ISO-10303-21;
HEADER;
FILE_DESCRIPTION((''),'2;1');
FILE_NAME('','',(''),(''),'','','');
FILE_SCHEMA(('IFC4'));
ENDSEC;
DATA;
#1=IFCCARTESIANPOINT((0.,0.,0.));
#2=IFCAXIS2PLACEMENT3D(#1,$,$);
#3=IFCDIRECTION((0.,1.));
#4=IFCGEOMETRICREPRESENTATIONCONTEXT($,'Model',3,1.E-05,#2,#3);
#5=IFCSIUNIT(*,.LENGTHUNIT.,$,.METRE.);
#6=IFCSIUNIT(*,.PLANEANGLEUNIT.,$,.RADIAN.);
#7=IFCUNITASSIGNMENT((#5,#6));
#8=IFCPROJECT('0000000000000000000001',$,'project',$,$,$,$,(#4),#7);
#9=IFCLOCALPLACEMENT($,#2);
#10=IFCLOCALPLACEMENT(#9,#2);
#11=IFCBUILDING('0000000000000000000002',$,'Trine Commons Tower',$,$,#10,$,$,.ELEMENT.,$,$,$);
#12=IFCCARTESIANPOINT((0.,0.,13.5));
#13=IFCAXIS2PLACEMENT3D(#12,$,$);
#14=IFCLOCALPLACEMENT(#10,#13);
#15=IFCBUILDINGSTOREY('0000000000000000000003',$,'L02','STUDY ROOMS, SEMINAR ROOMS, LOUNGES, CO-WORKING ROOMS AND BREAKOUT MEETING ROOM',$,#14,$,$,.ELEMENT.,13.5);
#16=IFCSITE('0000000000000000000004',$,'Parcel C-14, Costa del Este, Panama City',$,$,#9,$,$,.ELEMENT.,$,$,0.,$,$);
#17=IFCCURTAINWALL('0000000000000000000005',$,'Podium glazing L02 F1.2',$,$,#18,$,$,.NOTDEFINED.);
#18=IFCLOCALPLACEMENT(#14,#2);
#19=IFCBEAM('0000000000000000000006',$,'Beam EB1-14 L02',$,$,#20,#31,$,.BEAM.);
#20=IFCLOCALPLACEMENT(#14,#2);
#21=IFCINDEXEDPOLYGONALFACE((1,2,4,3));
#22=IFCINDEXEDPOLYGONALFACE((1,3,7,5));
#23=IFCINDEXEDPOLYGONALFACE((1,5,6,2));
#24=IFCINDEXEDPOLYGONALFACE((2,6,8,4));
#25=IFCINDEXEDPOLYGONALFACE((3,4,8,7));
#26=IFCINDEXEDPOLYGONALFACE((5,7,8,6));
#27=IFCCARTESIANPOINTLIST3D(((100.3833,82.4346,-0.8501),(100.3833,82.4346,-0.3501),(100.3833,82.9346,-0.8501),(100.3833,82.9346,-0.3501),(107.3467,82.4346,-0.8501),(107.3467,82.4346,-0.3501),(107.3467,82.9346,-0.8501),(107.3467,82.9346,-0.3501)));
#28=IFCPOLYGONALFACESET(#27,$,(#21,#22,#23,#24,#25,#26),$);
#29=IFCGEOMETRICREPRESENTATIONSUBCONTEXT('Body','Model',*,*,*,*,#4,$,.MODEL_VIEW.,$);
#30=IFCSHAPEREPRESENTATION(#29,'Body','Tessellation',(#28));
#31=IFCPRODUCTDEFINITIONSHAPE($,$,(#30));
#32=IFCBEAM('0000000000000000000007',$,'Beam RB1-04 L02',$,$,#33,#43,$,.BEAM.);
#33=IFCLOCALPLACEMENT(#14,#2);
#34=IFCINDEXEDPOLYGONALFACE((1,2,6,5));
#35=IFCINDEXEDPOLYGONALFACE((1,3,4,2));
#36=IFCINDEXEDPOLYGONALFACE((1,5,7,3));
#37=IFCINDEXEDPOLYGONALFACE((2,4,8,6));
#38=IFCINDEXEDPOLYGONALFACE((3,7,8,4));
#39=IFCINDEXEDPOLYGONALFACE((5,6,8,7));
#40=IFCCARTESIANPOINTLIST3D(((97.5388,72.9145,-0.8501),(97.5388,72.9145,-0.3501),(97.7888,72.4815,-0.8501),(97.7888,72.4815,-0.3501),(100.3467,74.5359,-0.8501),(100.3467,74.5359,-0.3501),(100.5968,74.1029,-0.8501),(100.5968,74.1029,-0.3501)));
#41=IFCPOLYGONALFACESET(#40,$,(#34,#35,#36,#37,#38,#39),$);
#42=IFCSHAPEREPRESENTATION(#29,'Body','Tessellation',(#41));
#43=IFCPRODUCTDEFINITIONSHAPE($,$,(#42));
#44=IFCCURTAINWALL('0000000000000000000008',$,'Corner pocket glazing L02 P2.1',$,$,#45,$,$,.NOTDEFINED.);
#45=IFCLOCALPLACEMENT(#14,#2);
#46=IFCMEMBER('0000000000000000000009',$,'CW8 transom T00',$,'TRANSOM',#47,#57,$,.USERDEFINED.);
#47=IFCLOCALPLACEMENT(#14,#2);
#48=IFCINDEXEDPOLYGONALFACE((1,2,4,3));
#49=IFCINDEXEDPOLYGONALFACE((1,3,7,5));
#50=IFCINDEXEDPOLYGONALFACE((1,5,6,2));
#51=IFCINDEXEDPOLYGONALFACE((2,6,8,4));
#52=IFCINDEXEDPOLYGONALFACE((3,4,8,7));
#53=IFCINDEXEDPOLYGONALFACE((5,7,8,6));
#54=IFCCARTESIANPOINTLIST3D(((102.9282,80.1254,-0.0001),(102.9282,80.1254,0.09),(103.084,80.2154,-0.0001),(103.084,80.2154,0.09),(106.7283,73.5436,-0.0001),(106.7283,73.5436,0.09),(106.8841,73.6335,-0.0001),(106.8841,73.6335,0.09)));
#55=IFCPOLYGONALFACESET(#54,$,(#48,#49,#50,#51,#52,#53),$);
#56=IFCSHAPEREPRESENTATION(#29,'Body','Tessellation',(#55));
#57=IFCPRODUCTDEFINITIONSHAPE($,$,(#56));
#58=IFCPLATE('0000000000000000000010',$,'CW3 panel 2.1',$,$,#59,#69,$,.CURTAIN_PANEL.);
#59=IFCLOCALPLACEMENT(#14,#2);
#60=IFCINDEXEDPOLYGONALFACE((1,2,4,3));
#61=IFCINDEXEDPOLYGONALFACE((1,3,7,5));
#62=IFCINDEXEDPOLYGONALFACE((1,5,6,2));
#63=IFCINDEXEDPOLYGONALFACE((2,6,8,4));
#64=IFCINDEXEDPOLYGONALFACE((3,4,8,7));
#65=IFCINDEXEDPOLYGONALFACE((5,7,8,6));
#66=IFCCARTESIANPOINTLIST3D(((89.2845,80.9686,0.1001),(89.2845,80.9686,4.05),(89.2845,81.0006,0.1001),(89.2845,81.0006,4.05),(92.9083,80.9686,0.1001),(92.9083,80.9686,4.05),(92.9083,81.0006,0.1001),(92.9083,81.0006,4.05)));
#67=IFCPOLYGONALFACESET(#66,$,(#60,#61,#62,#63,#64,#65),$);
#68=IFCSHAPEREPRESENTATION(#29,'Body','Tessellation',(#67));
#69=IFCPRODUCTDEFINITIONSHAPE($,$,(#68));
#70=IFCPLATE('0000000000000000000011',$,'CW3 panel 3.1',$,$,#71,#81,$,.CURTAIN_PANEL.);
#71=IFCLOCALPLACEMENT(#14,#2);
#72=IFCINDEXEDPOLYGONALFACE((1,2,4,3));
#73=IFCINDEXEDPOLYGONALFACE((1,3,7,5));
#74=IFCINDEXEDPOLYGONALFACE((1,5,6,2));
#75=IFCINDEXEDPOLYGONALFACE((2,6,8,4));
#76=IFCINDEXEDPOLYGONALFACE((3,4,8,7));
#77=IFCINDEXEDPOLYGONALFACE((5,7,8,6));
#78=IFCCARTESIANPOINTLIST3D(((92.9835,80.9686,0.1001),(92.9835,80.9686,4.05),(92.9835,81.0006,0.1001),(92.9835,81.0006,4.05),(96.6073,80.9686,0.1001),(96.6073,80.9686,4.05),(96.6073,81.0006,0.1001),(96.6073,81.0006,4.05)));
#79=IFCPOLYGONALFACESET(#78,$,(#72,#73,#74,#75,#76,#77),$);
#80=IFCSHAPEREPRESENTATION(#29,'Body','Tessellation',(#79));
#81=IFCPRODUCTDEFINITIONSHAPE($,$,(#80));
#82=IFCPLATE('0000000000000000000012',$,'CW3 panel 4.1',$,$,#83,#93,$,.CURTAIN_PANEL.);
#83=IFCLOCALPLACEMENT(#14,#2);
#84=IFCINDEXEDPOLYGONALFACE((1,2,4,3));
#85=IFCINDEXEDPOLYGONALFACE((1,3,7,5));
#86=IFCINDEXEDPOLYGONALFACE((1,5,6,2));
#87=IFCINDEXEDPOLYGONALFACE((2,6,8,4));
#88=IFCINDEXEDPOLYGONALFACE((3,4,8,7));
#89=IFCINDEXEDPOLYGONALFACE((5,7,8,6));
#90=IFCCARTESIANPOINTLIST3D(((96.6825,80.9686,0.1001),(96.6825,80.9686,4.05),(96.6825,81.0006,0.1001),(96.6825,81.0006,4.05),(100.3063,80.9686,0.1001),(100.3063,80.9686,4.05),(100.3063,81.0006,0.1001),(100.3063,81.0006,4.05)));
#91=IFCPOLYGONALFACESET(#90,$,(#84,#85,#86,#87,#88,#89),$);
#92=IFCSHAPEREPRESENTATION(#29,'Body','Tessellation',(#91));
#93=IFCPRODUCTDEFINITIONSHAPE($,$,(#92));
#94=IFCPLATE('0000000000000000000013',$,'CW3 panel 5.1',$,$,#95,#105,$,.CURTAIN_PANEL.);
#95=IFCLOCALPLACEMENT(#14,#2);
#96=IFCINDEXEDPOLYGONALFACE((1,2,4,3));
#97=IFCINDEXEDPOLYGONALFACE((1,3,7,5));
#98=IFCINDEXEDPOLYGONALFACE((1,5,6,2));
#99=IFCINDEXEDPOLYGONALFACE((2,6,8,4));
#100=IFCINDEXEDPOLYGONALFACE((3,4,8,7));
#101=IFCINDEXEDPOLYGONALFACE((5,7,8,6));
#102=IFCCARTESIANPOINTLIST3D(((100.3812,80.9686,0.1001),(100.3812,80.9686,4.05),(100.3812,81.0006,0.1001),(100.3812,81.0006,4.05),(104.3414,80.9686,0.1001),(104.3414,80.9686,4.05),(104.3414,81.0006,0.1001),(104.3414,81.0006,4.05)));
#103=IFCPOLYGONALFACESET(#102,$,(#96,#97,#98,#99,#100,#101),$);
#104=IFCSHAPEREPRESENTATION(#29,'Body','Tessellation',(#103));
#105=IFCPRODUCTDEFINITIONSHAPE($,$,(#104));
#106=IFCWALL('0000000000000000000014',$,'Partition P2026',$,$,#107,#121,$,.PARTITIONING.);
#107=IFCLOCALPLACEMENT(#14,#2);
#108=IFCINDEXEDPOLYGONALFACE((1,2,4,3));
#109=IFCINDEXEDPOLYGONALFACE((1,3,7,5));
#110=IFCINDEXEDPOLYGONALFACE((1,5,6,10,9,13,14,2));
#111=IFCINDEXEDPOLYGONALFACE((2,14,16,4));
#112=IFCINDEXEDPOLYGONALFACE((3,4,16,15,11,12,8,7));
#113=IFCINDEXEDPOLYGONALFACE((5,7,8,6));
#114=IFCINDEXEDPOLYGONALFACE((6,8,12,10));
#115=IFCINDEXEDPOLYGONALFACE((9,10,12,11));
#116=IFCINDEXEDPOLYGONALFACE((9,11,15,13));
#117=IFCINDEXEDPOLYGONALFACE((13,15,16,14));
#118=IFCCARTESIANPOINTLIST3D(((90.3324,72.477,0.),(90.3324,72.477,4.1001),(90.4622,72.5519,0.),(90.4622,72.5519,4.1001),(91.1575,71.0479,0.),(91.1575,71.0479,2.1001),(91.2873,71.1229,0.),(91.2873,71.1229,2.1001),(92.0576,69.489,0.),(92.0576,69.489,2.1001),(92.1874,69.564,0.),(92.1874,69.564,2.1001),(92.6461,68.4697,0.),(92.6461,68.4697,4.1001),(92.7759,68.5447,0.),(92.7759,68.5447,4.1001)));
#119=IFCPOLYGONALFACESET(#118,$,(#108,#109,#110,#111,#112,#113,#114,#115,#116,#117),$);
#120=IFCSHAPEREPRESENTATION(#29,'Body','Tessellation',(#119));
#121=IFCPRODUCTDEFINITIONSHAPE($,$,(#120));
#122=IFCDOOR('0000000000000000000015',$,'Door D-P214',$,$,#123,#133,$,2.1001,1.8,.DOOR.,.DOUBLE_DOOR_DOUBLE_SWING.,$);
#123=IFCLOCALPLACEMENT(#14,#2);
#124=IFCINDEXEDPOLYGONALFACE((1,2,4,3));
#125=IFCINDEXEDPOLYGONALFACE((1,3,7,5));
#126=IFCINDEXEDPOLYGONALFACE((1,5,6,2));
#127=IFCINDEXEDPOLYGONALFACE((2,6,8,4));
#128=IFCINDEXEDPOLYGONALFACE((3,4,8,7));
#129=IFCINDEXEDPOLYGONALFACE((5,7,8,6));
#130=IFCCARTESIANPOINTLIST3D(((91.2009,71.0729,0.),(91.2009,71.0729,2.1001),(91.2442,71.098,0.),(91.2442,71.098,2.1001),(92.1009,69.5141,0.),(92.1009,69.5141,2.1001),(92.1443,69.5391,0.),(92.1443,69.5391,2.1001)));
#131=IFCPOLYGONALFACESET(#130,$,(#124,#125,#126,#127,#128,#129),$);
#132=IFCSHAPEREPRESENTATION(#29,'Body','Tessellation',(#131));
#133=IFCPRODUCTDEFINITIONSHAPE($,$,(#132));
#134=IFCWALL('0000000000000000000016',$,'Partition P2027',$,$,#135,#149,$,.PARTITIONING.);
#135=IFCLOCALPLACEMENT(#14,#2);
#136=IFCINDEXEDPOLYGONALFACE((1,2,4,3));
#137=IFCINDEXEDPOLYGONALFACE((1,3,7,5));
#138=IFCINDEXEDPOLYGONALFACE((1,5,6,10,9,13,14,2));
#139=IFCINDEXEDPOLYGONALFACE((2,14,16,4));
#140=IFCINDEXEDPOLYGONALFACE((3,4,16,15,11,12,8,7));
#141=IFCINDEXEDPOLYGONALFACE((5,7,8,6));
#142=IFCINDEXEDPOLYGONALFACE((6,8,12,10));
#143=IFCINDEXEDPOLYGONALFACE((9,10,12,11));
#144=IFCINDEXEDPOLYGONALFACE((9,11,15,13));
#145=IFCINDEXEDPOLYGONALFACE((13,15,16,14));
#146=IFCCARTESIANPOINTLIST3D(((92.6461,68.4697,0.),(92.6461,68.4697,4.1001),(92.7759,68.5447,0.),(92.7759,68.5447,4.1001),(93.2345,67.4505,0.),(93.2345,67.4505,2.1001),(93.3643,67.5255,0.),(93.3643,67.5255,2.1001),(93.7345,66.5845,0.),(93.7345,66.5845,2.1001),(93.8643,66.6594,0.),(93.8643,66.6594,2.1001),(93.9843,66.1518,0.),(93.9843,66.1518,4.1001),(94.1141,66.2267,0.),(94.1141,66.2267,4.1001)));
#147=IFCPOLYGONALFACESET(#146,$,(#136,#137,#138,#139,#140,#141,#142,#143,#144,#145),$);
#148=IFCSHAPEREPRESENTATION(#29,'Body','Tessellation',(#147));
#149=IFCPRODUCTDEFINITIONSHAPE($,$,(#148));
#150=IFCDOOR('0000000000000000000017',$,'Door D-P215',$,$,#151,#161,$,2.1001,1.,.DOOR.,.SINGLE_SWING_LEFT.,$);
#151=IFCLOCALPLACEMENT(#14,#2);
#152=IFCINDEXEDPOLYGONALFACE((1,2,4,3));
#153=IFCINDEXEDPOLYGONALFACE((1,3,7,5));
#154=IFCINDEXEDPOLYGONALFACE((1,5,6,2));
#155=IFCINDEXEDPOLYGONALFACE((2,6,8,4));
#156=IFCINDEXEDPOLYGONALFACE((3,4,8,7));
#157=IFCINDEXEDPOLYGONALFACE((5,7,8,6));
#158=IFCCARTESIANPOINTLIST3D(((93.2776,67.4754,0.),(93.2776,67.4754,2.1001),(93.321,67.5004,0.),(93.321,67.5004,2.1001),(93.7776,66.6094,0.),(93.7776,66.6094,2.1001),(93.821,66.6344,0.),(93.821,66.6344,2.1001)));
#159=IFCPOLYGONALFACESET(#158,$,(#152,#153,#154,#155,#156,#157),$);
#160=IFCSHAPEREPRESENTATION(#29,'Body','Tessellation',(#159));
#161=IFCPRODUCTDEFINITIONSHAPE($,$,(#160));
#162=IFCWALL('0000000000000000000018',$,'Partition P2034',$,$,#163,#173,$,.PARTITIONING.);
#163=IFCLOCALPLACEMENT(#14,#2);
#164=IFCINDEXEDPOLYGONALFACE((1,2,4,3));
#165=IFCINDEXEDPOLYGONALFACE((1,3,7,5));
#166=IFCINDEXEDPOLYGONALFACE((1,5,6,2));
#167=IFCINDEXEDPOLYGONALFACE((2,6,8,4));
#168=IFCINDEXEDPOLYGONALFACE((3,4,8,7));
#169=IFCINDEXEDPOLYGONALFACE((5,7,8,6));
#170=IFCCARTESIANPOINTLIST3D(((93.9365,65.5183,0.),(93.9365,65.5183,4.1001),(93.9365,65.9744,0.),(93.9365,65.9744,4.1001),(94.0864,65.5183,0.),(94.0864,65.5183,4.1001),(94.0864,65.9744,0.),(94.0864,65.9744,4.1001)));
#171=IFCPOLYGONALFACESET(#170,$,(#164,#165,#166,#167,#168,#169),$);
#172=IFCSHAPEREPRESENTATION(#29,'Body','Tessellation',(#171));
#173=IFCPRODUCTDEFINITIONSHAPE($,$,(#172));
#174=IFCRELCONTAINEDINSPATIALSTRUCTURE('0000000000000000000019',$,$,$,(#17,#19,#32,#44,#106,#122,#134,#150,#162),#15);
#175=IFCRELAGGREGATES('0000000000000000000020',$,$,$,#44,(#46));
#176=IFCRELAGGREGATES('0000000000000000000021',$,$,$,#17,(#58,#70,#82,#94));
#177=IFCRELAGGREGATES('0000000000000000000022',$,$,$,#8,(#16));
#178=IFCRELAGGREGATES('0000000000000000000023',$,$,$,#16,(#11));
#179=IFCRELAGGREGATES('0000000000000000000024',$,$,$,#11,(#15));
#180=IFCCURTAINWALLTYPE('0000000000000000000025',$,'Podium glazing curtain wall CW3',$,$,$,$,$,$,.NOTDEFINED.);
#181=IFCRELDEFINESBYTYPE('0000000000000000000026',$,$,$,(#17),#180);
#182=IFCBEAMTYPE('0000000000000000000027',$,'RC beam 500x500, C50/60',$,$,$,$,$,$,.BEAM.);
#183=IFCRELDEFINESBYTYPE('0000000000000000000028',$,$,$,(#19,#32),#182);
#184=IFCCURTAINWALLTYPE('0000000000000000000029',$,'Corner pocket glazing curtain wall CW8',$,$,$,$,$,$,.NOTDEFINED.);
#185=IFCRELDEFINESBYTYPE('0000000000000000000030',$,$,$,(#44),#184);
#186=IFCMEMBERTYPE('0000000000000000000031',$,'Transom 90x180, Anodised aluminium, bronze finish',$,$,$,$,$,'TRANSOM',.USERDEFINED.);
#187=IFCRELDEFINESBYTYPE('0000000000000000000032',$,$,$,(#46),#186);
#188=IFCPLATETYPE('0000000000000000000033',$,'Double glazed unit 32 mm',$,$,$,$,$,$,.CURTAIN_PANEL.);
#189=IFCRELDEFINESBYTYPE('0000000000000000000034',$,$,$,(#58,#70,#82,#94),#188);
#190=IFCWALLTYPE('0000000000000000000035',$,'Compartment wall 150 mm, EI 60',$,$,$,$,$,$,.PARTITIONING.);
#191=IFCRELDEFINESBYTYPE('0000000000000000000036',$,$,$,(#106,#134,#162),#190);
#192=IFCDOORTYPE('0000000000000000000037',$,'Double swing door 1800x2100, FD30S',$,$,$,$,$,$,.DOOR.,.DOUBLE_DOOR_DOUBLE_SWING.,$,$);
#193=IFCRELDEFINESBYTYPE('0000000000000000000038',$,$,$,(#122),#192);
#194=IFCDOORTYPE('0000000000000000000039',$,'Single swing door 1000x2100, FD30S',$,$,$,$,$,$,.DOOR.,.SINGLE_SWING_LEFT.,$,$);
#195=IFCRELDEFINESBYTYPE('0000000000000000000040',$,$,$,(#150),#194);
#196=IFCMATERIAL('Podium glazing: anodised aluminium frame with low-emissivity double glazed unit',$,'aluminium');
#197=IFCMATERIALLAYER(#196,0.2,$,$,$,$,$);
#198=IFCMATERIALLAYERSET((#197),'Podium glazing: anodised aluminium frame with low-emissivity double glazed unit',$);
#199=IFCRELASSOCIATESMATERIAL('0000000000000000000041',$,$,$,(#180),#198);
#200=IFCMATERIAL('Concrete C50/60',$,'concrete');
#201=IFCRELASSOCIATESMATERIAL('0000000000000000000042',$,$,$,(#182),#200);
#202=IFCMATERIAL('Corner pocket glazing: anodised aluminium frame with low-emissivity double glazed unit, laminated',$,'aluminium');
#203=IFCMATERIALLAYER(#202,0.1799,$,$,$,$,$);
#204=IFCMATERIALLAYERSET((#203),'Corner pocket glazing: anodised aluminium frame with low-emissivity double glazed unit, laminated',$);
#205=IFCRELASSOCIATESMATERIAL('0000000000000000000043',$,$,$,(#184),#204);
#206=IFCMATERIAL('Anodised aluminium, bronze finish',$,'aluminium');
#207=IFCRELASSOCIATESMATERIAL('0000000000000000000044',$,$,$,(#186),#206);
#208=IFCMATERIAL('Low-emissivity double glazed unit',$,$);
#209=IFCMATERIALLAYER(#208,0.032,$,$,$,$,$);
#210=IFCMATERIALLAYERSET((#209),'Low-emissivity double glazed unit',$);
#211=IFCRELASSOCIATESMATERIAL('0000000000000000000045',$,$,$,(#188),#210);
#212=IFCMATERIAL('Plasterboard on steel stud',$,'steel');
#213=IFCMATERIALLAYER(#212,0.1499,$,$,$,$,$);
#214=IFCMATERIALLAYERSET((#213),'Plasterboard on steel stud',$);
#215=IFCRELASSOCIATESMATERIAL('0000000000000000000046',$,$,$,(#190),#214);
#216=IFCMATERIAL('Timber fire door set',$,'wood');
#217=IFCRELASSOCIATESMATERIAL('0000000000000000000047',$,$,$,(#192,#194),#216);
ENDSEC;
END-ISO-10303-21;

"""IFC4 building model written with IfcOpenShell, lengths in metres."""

from ifc_helpers import new_model, si_unit, direction, frame, frame_2d, origin, origin_2d, place, context, subcontext, project, spatial, rectangle, extrude, material, layer, layer_set, material_profile, profile_set, type_object, element, fill, aggregate, save


model = new_model("IFC4")

# Units and contexts
model_context = context("Model", 3, precision=1e-05, world=origin(), true_north=direction((0.0, 1.0)))
body_context = subcontext(model_context, "Body", "Model", "MODEL_VIEW")
ifc_project = project(units=[si_unit("LENGTHUNIT", "METRE"), si_unit("PLANEANGLEUNIT", "RADIAN")], contexts=[model_context])

# Site, building, storey
site_placement = place(None, origin())
site = spatial("IfcSite", under=ifc_project, at=site_placement, Name="Parcel C-14, Costa del Este, Panama City", CompositionType="ELEMENT", RefElevation=0.0)
building_placement = place(site_placement, origin())
building = spatial("IfcBuilding", under=site, at=building_placement, Name="Trine Commons Tower", CompositionType="ELEMENT")
storey_placement = place(building_placement, frame((0.0, 0.0, 13.5)))
storey = spatial("IfcBuildingStorey", under=building, at=storey_placement, Name="L02", Description="STUDY ROOMS, SEMINAR ROOMS, LOUNGES, CO-WORKING ROOMS AND BREAKOUT MEETING ROOM", CompositionType="ELEMENT", Elevation=13.5)

# Curtain wall
ifc_material_1 = material(Name="Podium glazing: anodised aluminium frame with low-emissivity double glazed unit", Category="aluminium")
ifc_layer_1 = layer(ifc_material_1, 0.2)
ifc_layer_set_1 = layer_set([ifc_layer_1], Name="Podium glazing: anodised aluminium frame with low-emissivity double glazed unit")
curtain_wall_type_1 = type_object("IfcCurtainWallType", Name="Podium glazing curtain wall CW3", PredefinedType="NOTDEFINED", material=ifc_layer_set_1)
curtain_wall_1_placement = place(storey_placement, origin())
curtain_wall_1 = element("IfcCurtainWall", 1, at=curtain_wall_1_placement, inside=storey, type_object=curtain_wall_type_1, Name="Podium glazing L02 F1.2", PredefinedType="NOTDEFINED")
ifc_material_2 = material(Name="Anodised aluminium, bronze finish", Category="aluminium")

# Beams
ifc_material_3 = material(Name="Concrete C50/60", Category="concrete")
ifc_material_profile_1 = material_profile(ifc_material_3, rectangle(XDim=0.5, YDim=0.5, at=origin_2d()), Name="RC 500x500")
ifc_profile_set_1 = profile_set([ifc_material_profile_1], Name="Concrete C50/60")
beam_type = type_object("IfcBeamType", Name="RC beam 500x500, C50/60", PredefinedType="BEAM", material=ifc_profile_set_1)
beam_1_placement = place(storey_placement, frame((100.3833, 82.6846, -0.6001), z_axis=(1.0, 0.0, 0.0), x_axis=(0.0, 1.0, 0.0)))
element("IfcBeam", 2, at=beam_1_placement, inside=storey, type_object=beam_type, Name="Beam EB1-14 L02", PredefinedType="BEAM", context=body_context, shape_type="SweptSolid", body=[
    extrude(rectangle(XDim=0.5, YDim=0.5, at=origin_2d()), origin(), (0.0, 0.0, 1.0), 6.9634),
])
beam_2_placement = place(storey_placement, frame((97.6638, 72.698, -0.6001), z_axis=(0.865996, 0.500051, 0.0), x_axis=(-0.500051, 0.865996, 0.0)))
element("IfcBeam", 3, at=beam_2_placement, inside=storey, type_object=beam_type, Name="Beam RB1-04 L02", PredefinedType="BEAM", context=body_context, shape_type="SweptSolid", body=[
    extrude(rectangle(XDim=0.5, YDim=0.5, at=origin_2d()), origin(), (0.0, 0.0, 1.0), 3.2424),
])

# Curtain wall, member
ifc_material_4 = material(Name="Corner pocket glazing: anodised aluminium frame with low-emissivity double glazed unit, laminated", Category="aluminium")
ifc_layer_2 = layer(ifc_material_4, 0.1799)
ifc_layer_set_2 = layer_set([ifc_layer_2], Name="Corner pocket glazing: anodised aluminium frame with low-emissivity double glazed unit, laminated")
curtain_wall_type_2 = type_object("IfcCurtainWallType", Name="Corner pocket glazing curtain wall CW8", PredefinedType="NOTDEFINED", material=ifc_layer_set_2)
curtain_wall_2_placement = place(storey_placement, origin())
curtain_wall_2 = element("IfcCurtainWall", 4, at=curtain_wall_2_placement, inside=storey, type_object=curtain_wall_type_2, Name="Corner pocket glazing L02 P2.1", PredefinedType="NOTDEFINED")
ifc_material_profile_2 = material_profile(ifc_material_2, rectangle(XDim=0.1799, YDim=0.0901, at=origin_2d()), Name="Transom 90x180")
ifc_profile_set_2 = profile_set([ifc_material_profile_2], Name="Anodised aluminium, bronze finish")
member_type_1 = type_object("IfcMemberType", Name="Transom 90x180, Anodised aluminium, bronze finish", ElementType="TRANSOM", PredefinedType="USERDEFINED", material=ifc_profile_set_2)
member_1_placement = place(storey_placement, frame((103.0061, 80.1704, 0.0449), z_axis=(0.500005, -0.866022, 0.0), x_axis=(0.866022, 0.500005, 0.0)))
member_1 = element("IfcMember", 5, at=member_1_placement, type_object=member_type_1, Name="CW8 transom T00", ObjectType="TRANSOM", PredefinedType="USERDEFINED", context=body_context, shape_type="SweptSolid", body=[
    extrude(rectangle(XDim=0.1799, YDim=0.0901, at=origin_2d()), origin(), (0.0, 0.0, 1.0), 7.6001),
])
aggregate(curtain_wall_2, [member_1])

# Plates
ifc_material_5 = material(Name="Low-emissivity double glazed unit")
ifc_layer_3 = layer(ifc_material_5, 0.032)
ifc_layer_set_3 = layer_set([ifc_layer_3], Name="Low-emissivity double glazed unit")
plate_type = type_object("IfcPlateType", Name="Double glazed unit 32 mm", PredefinedType="CURTAIN_PANEL", material=ifc_layer_set_3)
plate_1_placement = place(storey_placement, frame((91.0964, 80.9846, 0.1001), z_axis=(0.0, 0.0, 1.0), x_axis=(1.0, 0.0, 0.0)))
plate_1 = element("IfcPlate", 6, at=plate_1_placement, type_object=plate_type, Name="CW3 panel 2.1", PredefinedType="CURTAIN_PANEL", context=body_context, shape_type="SweptSolid", body=[
    extrude(rectangle(XDim=3.6238, YDim=0.032, at=origin_2d()), origin(), (0.0, 0.0, 1.0), 3.95),
])
plate_2_placement = place(storey_placement, frame((94.7954, 80.9846, 0.1001), z_axis=(0.0, 0.0, 1.0), x_axis=(1.0, 0.0, 0.0)))
plate_2 = element("IfcPlate", 7, at=plate_2_placement, type_object=plate_type, Name="CW3 panel 3.1", PredefinedType="CURTAIN_PANEL", context=body_context, shape_type="SweptSolid", body=[
    extrude(rectangle(XDim=3.6238, YDim=0.032, at=origin_2d()), origin(), (0.0, 0.0, 1.0), 3.95),
])
plate_3_placement = place(storey_placement, frame((98.4944, 80.9846, 0.1001), z_axis=(0.0, 0.0, 1.0), x_axis=(1.0, 0.0, 0.0)))
plate_3 = element("IfcPlate", 8, at=plate_3_placement, type_object=plate_type, Name="CW3 panel 4.1", PredefinedType="CURTAIN_PANEL", context=body_context, shape_type="SweptSolid", body=[
    extrude(rectangle(XDim=3.6238, YDim=0.032, at=origin_2d()), origin(), (0.0, 0.0, 1.0), 3.95),
])
plate_4_placement = place(storey_placement, frame((102.3613, 80.9846, 0.1001), z_axis=(0.0, 0.0, 1.0), x_axis=(1.0, 0.0, 0.0)))
plate_4 = element("IfcPlate", 9, at=plate_4_placement, type_object=plate_type, Name="CW3 panel 5.1", PredefinedType="CURTAIN_PANEL", context=body_context, shape_type="SweptSolid", body=[
    extrude(rectangle(XDim=3.9602, YDim=0.032, at=origin_2d()), origin(), (0.0, 0.0, 1.0), 3.95),
])
aggregate(curtain_wall_1, [plate_1, plate_2, plate_3, plate_4])

# Walls, openings, doors
ifc_material_6 = material(Name="Plasterboard on steel stud", Category="steel")
ifc_layer_4 = layer(ifc_material_6, 0.1499)
ifc_layer_set_4 = layer_set([ifc_layer_4], Name="Plasterboard on steel stud")
wall_type_1 = type_object("IfcWallType", Name="Compartment wall 150 mm, EI 60", PredefinedType="PARTITIONING", material=ifc_layer_set_4)
wall_1_placement = place(storey_placement, frame((92.7109, 68.5073, 0.0), z_axis=(0.0, 0.0, 1.0), x_axis=(-0.500015, 0.866017, 0.0)))
wall_1 = element("IfcWall", 10, at=wall_1_placement, inside=storey, type_object=wall_type_1, Name="Partition P2026", PredefinedType="PARTITIONING", context=body_context, shape_type="SweptSolid", body=[
    extrude(rectangle(XDim=4.6272, YDim=0.1499, at=frame_2d((2.3135, 0.0))), origin(), (0.0, 0.0, 1.0), 4.1001),
])
opening_1_placement = place(wall_1_placement, frame((1.177, 0.0, 0.0)))
opening_1 = element("IfcOpeningElement", 11, at=opening_1_placement, cuts=wall_1, PredefinedType="OPENING", context=body_context, shape_type="SweptSolid", body=[
    extrude(rectangle(XDim=1.8, YDim=2.1001, at=frame_2d((0.8999, 1.05))), frame((0.0, 0.085, 0.0), z_axis=(0.0, -1.0, 0.0), x_axis=(1.0, 0.0, 0.0)), (0.0, 0.0, 1.0), 0.1699),
])
ifc_material_7 = material(Name="Timber fire door set", Category="wood")
door_type_1 = type_object("IfcDoorType", Name="Double swing door 1800x2100, FD30S", OperationType="DOUBLE_DOOR_DOUBLE_SWING", PredefinedType="DOOR", material=ifc_material_7)
door_1_placement = place(opening_1_placement, origin())
door_1 = element("IfcDoor", 12, at=door_1_placement, inside=storey, type_object=door_type_1, Name="Door D-P214", OperationType="DOUBLE_DOOR_DOUBLE_SWING", OverallHeight=2.1001, OverallWidth=1.8, PredefinedType="DOOR", context=body_context, shape_type="SweptSolid", body=[
    extrude(rectangle(XDim=1.8, YDim=2.1001, at=frame_2d((0.8999, 1.05))), frame((0.0, 0.0249, 0.0), z_axis=(0.0, -1.0, 0.0), x_axis=(1.0, 0.0, 0.0)), (0.0, 0.0, 1.0), 0.05),
])
fill(opening_1, door_1)
wall_2_placement = place(storey_placement, frame((92.7109, 68.5073, 0.0), z_axis=(0.0, 0.0, 1.0), x_axis=(0.499975, -0.86604, 0.0)))
wall_2 = element("IfcWall", 13, at=wall_2_placement, inside=storey, type_object=wall_type_1, Name="Partition P2027", PredefinedType="PARTITIONING", context=body_context, shape_type="SweptSolid", body=[
    extrude(rectangle(XDim=2.6765, YDim=0.1499, at=frame_2d((1.3384, 0.0))), origin(), (0.0, 0.0, 1.0), 4.1001),
])
opening_2_placement = place(wall_2_placement, frame((1.177, 0.0, 0.0)))
opening_2 = element("IfcOpeningElement", 14, at=opening_2_placement, cuts=wall_2, PredefinedType="OPENING", context=body_context, shape_type="SweptSolid", body=[
    extrude(rectangle(XDim=1.0, YDim=2.1001, at=frame_2d((0.5, 1.05))), frame((0.0, 0.085, 0.0), z_axis=(0.0, -1.0, 0.0), x_axis=(1.0, 0.0, 0.0)), (0.0, 0.0, 1.0), 0.1699),
])
door_type_2 = type_object("IfcDoorType", Name="Single swing door 1000x2100, FD30S", OperationType="SINGLE_SWING_LEFT", PredefinedType="DOOR", material=ifc_material_7)
door_2_placement = place(opening_2_placement, origin())
door_2 = element("IfcDoor", 15, at=door_2_placement, inside=storey, type_object=door_type_2, Name="Door D-P215", OperationType="SINGLE_SWING_LEFT", OverallHeight=2.1001, OverallWidth=1.0, PredefinedType="DOOR", context=body_context, shape_type="SweptSolid", body=[
    extrude(rectangle(XDim=1.0, YDim=2.1001, at=frame_2d((0.5, 1.05))), frame((0.0, 0.0249, 0.0), z_axis=(0.0, -1.0, 0.0), x_axis=(1.0, 0.0, 0.0)), (0.0, 0.0, 1.0), 0.05),
])
fill(opening_2, door_2)

# Wall
wall_3_placement = place(storey_placement, frame((94.0115, 65.5183, 0.0), z_axis=(0.0, 0.0, 1.0), x_axis=(0.0, 1.0, 0.0)))
element("IfcWall", 16, at=wall_3_placement, inside=storey, type_object=wall_type_1, Name="Partition P2034", PredefinedType="PARTITIONING", context=body_context, shape_type="SweptSolid", body=[
    extrude(rectangle(XDim=0.4561, YDim=0.1499, at=frame_2d((0.228, 0.0))), origin(), (0.0, 0.0, 1.0), 4.1001),
])

save(model, "model.ifc")
